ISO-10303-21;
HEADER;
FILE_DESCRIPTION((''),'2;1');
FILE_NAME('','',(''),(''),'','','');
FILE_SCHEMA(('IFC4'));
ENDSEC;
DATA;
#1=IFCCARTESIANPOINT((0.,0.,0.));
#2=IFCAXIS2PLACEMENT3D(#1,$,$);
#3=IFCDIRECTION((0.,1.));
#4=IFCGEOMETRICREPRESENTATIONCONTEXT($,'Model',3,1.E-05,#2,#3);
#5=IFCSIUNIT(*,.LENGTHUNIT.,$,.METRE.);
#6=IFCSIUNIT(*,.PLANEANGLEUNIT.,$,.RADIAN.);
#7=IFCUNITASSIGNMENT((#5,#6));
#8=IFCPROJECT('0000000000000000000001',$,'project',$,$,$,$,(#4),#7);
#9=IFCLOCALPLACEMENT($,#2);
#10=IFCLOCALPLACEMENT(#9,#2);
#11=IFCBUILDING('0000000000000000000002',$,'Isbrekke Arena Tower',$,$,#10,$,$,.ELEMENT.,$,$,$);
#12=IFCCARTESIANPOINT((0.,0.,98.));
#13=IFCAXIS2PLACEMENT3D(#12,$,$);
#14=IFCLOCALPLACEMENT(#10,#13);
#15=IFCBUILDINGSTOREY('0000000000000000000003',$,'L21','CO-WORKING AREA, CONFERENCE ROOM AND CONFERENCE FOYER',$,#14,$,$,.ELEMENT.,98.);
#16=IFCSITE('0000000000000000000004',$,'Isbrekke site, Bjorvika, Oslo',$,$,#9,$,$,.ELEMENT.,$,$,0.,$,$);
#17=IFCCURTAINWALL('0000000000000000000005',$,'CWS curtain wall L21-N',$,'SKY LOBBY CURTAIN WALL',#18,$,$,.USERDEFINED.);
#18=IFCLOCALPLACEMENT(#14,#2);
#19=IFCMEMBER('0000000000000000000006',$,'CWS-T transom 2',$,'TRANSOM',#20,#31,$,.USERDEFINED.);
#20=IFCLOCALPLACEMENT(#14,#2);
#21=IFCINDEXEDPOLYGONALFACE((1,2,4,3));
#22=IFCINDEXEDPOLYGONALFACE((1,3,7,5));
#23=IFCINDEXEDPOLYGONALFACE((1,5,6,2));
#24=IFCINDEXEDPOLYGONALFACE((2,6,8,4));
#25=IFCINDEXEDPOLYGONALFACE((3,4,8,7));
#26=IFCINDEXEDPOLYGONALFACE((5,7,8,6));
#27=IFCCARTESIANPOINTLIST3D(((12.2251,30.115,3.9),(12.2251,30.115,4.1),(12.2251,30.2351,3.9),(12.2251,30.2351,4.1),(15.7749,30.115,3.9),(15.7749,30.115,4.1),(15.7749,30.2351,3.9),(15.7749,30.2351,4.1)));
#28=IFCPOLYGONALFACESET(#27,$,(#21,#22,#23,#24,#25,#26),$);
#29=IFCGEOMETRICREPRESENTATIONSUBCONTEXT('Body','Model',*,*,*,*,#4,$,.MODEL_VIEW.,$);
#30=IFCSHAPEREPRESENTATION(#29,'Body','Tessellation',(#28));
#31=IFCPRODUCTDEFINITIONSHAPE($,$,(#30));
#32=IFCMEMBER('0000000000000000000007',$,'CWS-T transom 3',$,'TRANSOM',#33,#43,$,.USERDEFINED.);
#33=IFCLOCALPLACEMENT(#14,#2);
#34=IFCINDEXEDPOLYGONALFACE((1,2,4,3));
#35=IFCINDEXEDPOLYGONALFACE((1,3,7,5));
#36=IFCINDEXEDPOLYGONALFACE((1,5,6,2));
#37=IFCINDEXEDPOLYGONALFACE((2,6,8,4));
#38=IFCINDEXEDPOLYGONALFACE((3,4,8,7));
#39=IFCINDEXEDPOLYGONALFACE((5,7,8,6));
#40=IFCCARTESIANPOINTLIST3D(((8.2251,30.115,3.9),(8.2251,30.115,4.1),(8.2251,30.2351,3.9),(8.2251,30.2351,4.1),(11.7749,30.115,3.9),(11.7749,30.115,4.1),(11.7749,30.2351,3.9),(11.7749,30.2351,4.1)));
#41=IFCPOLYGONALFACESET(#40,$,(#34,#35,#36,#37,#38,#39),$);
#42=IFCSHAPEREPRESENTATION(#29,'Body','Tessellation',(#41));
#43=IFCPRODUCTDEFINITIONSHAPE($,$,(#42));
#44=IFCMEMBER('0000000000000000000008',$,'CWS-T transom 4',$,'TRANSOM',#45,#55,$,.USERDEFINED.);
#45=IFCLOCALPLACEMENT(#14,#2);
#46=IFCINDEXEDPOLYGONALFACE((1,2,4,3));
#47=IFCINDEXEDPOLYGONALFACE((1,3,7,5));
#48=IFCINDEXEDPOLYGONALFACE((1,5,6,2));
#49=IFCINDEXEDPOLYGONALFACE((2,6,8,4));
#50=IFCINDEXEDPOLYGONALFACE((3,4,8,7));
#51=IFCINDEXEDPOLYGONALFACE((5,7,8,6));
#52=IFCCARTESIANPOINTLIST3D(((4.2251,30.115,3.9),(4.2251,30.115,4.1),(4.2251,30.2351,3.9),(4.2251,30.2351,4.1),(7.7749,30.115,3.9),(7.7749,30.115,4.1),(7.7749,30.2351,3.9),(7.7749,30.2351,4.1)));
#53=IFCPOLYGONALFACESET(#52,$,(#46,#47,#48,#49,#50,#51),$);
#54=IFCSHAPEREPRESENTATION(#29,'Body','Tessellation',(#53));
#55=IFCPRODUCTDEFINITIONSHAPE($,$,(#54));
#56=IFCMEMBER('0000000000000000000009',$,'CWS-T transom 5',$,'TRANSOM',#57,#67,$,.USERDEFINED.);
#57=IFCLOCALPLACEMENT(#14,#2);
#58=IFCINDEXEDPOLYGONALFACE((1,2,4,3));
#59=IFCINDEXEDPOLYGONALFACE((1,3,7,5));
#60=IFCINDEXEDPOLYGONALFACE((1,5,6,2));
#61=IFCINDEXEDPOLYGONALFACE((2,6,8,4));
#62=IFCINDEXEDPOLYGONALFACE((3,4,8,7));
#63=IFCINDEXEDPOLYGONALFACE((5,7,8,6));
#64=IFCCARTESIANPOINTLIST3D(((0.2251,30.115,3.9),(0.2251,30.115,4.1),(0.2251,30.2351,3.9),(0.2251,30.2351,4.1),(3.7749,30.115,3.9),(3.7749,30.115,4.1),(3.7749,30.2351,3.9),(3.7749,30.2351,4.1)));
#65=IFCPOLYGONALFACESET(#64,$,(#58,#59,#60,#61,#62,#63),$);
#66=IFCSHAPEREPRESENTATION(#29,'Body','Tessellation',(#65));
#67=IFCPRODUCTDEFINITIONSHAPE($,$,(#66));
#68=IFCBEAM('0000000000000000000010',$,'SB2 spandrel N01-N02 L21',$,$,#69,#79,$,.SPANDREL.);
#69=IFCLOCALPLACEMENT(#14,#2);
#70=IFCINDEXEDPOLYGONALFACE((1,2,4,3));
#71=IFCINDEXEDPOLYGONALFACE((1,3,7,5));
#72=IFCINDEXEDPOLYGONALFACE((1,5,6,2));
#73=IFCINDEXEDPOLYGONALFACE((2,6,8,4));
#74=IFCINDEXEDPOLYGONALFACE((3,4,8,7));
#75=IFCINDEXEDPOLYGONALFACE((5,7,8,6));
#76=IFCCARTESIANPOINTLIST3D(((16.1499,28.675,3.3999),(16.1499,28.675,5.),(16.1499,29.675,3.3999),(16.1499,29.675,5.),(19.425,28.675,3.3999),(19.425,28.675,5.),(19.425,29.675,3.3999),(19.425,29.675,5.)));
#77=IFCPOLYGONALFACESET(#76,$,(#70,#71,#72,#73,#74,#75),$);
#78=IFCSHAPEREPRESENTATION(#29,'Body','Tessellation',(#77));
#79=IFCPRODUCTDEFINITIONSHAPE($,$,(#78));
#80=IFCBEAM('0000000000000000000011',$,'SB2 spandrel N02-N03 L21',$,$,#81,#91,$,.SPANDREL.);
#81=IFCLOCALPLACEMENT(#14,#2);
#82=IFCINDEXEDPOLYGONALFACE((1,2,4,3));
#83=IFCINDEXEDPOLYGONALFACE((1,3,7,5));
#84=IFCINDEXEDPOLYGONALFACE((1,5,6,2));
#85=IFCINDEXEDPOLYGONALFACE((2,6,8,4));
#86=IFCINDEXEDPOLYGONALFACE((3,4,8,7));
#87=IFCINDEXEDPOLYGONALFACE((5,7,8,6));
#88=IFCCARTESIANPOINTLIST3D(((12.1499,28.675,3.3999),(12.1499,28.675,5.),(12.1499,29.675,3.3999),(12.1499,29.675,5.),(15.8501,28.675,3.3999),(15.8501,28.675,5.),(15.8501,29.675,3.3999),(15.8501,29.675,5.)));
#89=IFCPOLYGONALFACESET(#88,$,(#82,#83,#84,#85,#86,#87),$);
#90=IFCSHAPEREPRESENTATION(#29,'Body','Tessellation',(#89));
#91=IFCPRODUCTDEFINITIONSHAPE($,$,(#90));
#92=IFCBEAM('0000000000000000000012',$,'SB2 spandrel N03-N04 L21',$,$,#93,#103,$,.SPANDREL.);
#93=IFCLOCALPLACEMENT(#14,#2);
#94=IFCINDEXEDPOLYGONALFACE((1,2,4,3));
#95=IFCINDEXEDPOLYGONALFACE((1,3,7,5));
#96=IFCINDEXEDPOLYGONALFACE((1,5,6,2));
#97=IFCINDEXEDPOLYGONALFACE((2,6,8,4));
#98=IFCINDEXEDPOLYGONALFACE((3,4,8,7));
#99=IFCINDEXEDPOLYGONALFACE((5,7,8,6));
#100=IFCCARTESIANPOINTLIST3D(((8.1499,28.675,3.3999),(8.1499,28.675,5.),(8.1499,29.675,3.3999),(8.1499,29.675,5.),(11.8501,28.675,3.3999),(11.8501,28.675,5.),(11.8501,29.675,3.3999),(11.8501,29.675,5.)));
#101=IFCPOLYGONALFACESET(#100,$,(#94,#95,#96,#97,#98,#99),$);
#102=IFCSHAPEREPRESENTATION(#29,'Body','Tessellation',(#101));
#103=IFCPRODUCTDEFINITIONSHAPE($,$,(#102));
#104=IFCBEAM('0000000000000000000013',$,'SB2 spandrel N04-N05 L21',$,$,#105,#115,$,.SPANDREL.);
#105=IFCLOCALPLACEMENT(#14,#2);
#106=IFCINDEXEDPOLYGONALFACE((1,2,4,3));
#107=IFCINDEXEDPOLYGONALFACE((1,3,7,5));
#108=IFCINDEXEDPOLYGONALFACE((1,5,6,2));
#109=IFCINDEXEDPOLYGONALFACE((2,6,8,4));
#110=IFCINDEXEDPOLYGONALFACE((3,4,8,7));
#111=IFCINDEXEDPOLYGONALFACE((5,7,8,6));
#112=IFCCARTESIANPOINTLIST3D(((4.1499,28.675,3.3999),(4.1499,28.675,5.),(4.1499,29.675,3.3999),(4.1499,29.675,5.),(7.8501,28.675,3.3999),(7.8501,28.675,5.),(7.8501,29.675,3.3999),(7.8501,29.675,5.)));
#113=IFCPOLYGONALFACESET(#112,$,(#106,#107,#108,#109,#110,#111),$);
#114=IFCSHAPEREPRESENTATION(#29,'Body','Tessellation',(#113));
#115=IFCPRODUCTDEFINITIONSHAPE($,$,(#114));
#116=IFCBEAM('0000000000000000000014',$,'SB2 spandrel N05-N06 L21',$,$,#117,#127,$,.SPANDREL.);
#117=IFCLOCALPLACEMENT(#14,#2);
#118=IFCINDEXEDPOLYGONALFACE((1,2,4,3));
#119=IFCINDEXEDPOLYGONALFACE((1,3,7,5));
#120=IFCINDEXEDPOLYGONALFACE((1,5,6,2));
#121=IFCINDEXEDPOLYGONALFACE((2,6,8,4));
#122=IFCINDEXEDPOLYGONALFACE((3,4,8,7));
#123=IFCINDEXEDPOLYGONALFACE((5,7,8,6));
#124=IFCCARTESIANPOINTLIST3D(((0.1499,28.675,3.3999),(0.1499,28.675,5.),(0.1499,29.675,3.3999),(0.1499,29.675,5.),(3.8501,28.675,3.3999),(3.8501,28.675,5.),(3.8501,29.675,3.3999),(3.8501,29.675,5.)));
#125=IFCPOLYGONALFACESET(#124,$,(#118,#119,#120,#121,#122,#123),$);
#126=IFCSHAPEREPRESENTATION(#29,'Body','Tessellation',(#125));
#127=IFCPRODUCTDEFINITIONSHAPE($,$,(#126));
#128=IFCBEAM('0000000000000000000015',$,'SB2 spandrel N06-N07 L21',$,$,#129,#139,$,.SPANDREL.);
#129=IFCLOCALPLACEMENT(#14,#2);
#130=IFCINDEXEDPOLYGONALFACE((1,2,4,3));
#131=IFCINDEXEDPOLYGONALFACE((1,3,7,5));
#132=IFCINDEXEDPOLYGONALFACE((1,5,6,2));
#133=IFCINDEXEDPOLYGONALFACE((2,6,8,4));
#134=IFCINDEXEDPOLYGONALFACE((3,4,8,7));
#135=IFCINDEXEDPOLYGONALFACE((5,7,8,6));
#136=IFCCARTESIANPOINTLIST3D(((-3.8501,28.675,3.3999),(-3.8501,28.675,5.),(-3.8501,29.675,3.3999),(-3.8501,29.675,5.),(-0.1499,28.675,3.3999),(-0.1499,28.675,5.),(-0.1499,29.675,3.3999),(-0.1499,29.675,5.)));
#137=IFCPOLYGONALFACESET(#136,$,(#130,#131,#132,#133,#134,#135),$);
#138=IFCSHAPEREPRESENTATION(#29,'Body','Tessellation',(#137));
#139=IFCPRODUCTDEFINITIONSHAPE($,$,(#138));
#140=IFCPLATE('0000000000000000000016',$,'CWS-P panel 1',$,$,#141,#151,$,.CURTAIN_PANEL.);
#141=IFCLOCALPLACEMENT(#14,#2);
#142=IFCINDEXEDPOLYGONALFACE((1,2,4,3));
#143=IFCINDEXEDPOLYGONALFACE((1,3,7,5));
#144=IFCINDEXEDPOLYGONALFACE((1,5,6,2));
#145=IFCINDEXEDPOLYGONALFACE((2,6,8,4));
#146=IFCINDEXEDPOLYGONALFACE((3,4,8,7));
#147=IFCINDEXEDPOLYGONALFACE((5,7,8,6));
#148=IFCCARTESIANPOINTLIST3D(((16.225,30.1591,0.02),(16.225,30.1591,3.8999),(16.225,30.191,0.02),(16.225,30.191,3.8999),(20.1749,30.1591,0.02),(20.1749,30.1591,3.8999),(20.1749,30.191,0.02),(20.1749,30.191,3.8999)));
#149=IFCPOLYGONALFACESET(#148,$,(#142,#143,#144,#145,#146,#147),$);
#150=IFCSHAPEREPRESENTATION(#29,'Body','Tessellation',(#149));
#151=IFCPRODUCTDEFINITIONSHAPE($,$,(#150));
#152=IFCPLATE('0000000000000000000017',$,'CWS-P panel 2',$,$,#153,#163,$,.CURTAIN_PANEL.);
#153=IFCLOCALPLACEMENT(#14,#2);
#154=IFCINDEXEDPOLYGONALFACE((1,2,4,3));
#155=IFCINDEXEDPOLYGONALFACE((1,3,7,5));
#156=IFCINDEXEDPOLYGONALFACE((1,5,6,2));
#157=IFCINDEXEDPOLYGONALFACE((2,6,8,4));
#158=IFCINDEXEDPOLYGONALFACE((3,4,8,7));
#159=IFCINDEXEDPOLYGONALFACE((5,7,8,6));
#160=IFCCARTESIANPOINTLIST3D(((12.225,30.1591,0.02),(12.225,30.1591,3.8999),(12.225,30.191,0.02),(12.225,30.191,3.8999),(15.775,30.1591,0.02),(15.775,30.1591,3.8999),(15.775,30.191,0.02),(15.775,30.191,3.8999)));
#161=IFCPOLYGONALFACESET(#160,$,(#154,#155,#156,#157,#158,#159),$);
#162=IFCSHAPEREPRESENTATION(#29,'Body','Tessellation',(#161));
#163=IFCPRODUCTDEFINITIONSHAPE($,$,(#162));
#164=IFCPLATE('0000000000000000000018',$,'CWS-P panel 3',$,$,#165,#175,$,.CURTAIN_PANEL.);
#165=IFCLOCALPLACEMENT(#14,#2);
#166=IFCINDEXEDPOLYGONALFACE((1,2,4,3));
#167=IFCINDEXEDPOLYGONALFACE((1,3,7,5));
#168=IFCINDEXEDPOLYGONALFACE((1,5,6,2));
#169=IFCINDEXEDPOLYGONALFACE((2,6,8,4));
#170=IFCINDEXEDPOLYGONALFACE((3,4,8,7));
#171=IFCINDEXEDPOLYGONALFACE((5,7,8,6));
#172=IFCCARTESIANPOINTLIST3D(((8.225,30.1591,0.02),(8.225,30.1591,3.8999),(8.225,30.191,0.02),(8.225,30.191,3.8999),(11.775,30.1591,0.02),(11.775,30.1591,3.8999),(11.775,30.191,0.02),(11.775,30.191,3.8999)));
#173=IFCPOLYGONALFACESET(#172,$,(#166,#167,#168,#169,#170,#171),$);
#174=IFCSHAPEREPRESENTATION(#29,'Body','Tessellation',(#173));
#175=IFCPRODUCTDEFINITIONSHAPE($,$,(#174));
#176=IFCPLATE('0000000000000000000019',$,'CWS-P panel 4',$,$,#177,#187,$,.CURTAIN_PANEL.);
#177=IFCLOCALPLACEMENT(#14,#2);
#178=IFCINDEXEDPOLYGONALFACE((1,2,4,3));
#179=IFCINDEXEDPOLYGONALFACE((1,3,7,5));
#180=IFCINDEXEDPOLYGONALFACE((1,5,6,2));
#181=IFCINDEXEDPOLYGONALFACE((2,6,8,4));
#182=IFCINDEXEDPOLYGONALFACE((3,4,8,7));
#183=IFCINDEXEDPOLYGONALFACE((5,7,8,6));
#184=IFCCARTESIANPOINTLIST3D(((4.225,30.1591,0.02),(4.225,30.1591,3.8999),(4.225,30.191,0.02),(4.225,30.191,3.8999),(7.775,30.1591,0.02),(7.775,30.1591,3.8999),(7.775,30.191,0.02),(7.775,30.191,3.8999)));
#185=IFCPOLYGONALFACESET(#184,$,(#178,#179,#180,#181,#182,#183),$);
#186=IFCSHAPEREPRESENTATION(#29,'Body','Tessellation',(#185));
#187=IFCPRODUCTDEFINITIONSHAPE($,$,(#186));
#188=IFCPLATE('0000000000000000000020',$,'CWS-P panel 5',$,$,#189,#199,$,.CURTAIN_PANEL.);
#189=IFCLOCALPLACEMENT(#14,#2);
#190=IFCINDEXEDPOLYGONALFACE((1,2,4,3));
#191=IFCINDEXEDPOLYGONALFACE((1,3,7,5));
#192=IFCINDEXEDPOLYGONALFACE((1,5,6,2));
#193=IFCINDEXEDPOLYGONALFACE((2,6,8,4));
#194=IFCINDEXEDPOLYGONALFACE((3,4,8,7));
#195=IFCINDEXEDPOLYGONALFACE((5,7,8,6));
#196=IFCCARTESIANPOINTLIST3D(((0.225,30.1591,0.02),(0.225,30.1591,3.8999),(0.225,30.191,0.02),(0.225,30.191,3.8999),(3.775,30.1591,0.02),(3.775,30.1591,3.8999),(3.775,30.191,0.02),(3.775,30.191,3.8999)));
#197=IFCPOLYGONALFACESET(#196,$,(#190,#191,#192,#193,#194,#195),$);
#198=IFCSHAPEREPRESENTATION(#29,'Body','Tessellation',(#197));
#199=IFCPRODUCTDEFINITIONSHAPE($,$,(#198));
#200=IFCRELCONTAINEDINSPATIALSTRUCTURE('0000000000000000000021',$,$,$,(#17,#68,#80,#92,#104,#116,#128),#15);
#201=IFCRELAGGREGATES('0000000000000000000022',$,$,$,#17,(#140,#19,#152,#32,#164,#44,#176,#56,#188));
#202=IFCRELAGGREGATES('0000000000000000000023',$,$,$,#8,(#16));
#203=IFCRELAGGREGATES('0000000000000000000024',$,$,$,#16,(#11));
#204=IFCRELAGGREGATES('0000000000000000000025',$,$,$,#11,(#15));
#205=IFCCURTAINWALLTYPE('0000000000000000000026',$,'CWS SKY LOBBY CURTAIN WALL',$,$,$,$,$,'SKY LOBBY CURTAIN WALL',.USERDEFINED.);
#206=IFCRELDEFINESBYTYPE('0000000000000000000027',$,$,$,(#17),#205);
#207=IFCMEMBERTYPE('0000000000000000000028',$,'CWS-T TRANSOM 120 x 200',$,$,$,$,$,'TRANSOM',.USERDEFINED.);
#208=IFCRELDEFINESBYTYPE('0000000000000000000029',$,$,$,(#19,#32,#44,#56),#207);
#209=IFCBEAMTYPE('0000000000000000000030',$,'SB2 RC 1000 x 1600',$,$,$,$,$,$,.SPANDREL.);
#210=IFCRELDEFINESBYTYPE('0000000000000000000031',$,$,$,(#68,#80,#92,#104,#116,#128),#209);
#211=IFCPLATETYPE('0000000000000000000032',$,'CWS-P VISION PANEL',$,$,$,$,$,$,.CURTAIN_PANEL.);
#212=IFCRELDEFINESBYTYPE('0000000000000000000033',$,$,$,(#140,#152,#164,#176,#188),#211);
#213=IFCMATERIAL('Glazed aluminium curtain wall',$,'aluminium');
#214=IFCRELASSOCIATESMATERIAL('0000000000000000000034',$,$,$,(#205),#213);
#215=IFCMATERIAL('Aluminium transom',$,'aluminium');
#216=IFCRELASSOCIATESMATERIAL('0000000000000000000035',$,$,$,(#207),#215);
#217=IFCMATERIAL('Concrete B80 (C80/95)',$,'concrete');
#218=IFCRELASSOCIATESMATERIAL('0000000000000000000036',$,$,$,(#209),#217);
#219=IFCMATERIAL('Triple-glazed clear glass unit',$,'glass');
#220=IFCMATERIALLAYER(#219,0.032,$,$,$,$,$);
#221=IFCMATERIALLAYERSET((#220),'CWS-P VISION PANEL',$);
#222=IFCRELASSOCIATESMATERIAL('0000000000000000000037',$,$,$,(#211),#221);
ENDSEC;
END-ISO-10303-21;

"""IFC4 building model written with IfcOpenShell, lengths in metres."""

from ifc_helpers import new_model, si_unit, direction, frame, origin, origin_2d, place, context, subcontext, project, spatial, rectangle, extrude, material, layer, layer_set, material_profile, profile_set, type_object, element, aggregate, save


model = new_model("IFC4")

# Units and contexts
model_context = context("Model", 3, precision=1e-05, world=origin(), true_north=direction((0.0, 1.0)))
body_context = subcontext(model_context, "Body", "Model", "MODEL_VIEW")
ifc_project = project(units=[si_unit("LENGTHUNIT", "METRE"), si_unit("PLANEANGLEUNIT", "RADIAN")], contexts=[model_context])

# Site, building, storey
site_placement = place(None, origin())
site = spatial("IfcSite", under=ifc_project, at=site_placement, Name="Isbrekke site, Bjorvika, Oslo", CompositionType="ELEMENT", RefElevation=0.0)
building_placement = place(site_placement, origin())
building = spatial("IfcBuilding", under=site, at=building_placement, Name="Isbrekke Arena Tower", CompositionType="ELEMENT")
storey_placement = place(building_placement, frame((0.0, 0.0, 98.0)))
storey = spatial("IfcBuildingStorey", under=building, at=storey_placement, Name="L21", Description="CO-WORKING AREA, CONFERENCE ROOM AND CONFERENCE FOYER", CompositionType="ELEMENT", Elevation=98.0)

# Curtain wall, members
ifc_material_1 = material(Name="Glazed aluminium curtain wall", Category="aluminium")
curtain_wall_type = type_object("IfcCurtainWallType", Name="CWS SKY LOBBY CURTAIN WALL", ElementType="SKY LOBBY CURTAIN WALL", PredefinedType="USERDEFINED", material=ifc_material_1)
curtain_wall_placement = place(storey_placement, origin())
curtain_wall = element("IfcCurtainWall", 1, at=curtain_wall_placement, inside=storey, type_object=curtain_wall_type, Name="CWS curtain wall L21-N", ObjectType="SKY LOBBY CURTAIN WALL", PredefinedType="USERDEFINED")
ifc_material_2 = material(Name="Aluminium transom", Category="aluminium")
ifc_material_profile_1 = material_profile(ifc_material_2, rectangle(XDim=0.1201, YDim=0.2, at=origin_2d()), Name="TRANSOM 120X200")
ifc_profile_set_1 = profile_set([ifc_material_profile_1], Name="Aluminium transom")
member_type_1 = type_object("IfcMemberType", Name="CWS-T TRANSOM 120 x 200", ElementType="TRANSOM", PredefinedType="USERDEFINED", material=ifc_profile_set_1)
member_1_placement = place(storey_placement, frame((15.7749, 30.175, 4.0), z_axis=(-1.0, 0.0, 0.0), x_axis=(0.0, -1.0, 0.0)))
member_1 = element("IfcMember", 2, at=member_1_placement, type_object=member_type_1, Name="CWS-T transom 2", ObjectType="TRANSOM", PredefinedType="USERDEFINED", context=body_context, shape_type="SweptSolid", body=[
    extrude(rectangle(XDim=0.1201, YDim=0.2, at=origin_2d()), origin(), (0.0, 0.0, 1.0), 3.5498),
])
member_2_placement = place(storey_placement, frame((11.7749, 30.175, 4.0), z_axis=(-1.0, 0.0, 0.0), x_axis=(0.0, -1.0, 0.0)))
member_2 = element("IfcMember", 3, at=member_2_placement, type_object=member_type_1, Name="CWS-T transom 3", ObjectType="TRANSOM", PredefinedType="USERDEFINED", context=body_context, shape_type="SweptSolid", body=[
    extrude(rectangle(XDim=0.1201, YDim=0.2, at=origin_2d()), origin(), (0.0, 0.0, 1.0), 3.5498),
])
member_3_placement = place(storey_placement, frame((7.7749, 30.175, 4.0), z_axis=(-1.0, 0.0, 0.0), x_axis=(0.0, -1.0, 0.0)))
member_3 = element("IfcMember", 4, at=member_3_placement, type_object=member_type_1, Name="CWS-T transom 4", ObjectType="TRANSOM", PredefinedType="USERDEFINED", context=body_context, shape_type="SweptSolid", body=[
    extrude(rectangle(XDim=0.1201, YDim=0.2, at=origin_2d()), origin(), (0.0, 0.0, 1.0), 3.5498),
])
member_4_placement = place(storey_placement, frame((3.7749, 30.175, 4.0), z_axis=(-1.0, 0.0, 0.0), x_axis=(0.0, -1.0, 0.0)))
member_4 = element("IfcMember", 5, at=member_4_placement, type_object=member_type_1, Name="CWS-T transom 5", ObjectType="TRANSOM", PredefinedType="USERDEFINED", context=body_context, shape_type="SweptSolid", body=[
    extrude(rectangle(XDim=0.1201, YDim=0.2, at=origin_2d()), origin(), (0.0, 0.0, 1.0), 3.5498),
])

# Beams
ifc_material_3 = material(Name="Concrete B80 (C80/95)", Category="concrete")
ifc_material_profile_2 = material_profile(ifc_material_3, rectangle(XDim=1.0, YDim=1.6001, at=origin_2d()), Name="RC 1000x1600")
ifc_profile_set_2 = profile_set([ifc_material_profile_2], Name="Concrete B80 (C80/95)")
beam_type_1 = type_object("IfcBeamType", Name="SB2 RC 1000 x 1600", PredefinedType="SPANDREL", material=ifc_profile_set_2)
beam_1_placement = place(storey_placement, frame((19.425, 29.175, 4.2), z_axis=(-1.0, 0.0, 0.0), x_axis=(0.0, -1.0, 0.0)))
element("IfcBeam", 6, at=beam_1_placement, inside=storey, type_object=beam_type_1, Name="SB2 spandrel N01-N02 L21", PredefinedType="SPANDREL", context=body_context, shape_type="SweptSolid", body=[
    extrude(rectangle(XDim=1.0, YDim=1.6001, at=origin_2d()), origin(), (0.0, 0.0, 1.0), 3.2751),
])
for number, where, z_axis, x_axis, name in (
    (7, (15.8501, 29.175, 4.2), (-1.0, 0.0, 0.0), (0.0, -1.0, 0.0), "SB2 spandrel N02-N03 L21"),
    (8, (11.8501, 29.175, 4.2), (-1.0, 0.0, 0.0), (0.0, -1.0, 0.0), "SB2 spandrel N03-N04 L21"),
    (9, (7.8501, 29.175, 4.2), (-1.0, 0.0, 0.0), (0.0, -1.0, 0.0), "SB2 spandrel N04-N05 L21"),
    (10, (3.8501, 29.175, 4.2), (-1.0, 0.0, 0.0), (0.0, -1.0, 0.0), "SB2 spandrel N05-N06 L21"),
    (11, (-0.1499, 29.175, 4.2), (-1.0, 0.0, 0.0), (0.0, -1.0, 0.0), "SB2 spandrel N06-N07 L21"),
):
    element("IfcBeam", number, at=place(storey_placement, frame(where, z_axis=z_axis, x_axis=x_axis)), inside=storey, type_object=beam_type_1, Name=name, PredefinedType="SPANDREL", context=body_context, shape_type="SweptSolid", body=[
        extrude(rectangle(XDim=1.0, YDim=1.6001, at=origin_2d()), origin(), (0.0, 0.0, 1.0), 3.7002),
    ])

# Plates
ifc_material_4 = material(Name="Triple-glazed clear glass unit", Category="glass")
ifc_layer = layer(ifc_material_4, 0.032)
ifc_layer_set = layer_set([ifc_layer], Name="CWS-P VISION PANEL")
plate_type = type_object("IfcPlateType", Name="CWS-P VISION PANEL", PredefinedType="CURTAIN_PANEL", material=ifc_layer_set)
plate_1_placement = place(storey_placement, frame((18.2, 30.175, 0.02), z_axis=(0.0, 0.0, 1.0), x_axis=(-1.0, 0.0, 0.0)))
plate_1 = element("IfcPlate", 12, at=plate_1_placement, type_object=plate_type, Name="CWS-P panel 1", PredefinedType="CURTAIN_PANEL", context=body_context, shape_type="SweptSolid", body=[
    extrude(rectangle(XDim=3.95, YDim=0.032, at=origin_2d()), origin(), (0.0, 0.0, 1.0), 3.8799),
])
plate_2_placement = place(storey_placement, frame((14.0, 30.175, 0.02), z_axis=(0.0, 0.0, 1.0), x_axis=(-1.0, 0.0, 0.0)))
plate_2 = element("IfcPlate", 13, at=plate_2_placement, type_object=plate_type, Name="CWS-P panel 2", PredefinedType="CURTAIN_PANEL", context=body_context, shape_type="SweptSolid", body=[
    extrude(rectangle(XDim=3.55, YDim=0.032, at=origin_2d()), origin(), (0.0, 0.0, 1.0), 3.8799),
])
plate_3_placement = place(storey_placement, frame((10.0, 30.175, 0.02), z_axis=(0.0, 0.0, 1.0), x_axis=(-1.0, 0.0, 0.0)))
plate_3 = element("IfcPlate", 14, at=plate_3_placement, type_object=plate_type, Name="CWS-P panel 3", PredefinedType="CURTAIN_PANEL", context=body_context, shape_type="SweptSolid", body=[
    extrude(rectangle(XDim=3.55, YDim=0.032, at=origin_2d()), origin(), (0.0, 0.0, 1.0), 3.8799),
])
plate_4_placement = place(storey_placement, frame((6.0, 30.175, 0.02), z_axis=(0.0, 0.0, 1.0), x_axis=(-1.0, 0.0, 0.0)))
plate_4 = element("IfcPlate", 15, at=plate_4_placement, type_object=plate_type, Name="CWS-P panel 4", PredefinedType="CURTAIN_PANEL", context=body_context, shape_type="SweptSolid", body=[
    extrude(rectangle(XDim=3.55, YDim=0.032, at=origin_2d()), origin(), (0.0, 0.0, 1.0), 3.8799),
])
plate_5_placement = place(storey_placement, frame((2.0, 30.175, 0.02), z_axis=(0.0, 0.0, 1.0), x_axis=(-1.0, 0.0, 0.0)))
plate_5 = element("IfcPlate", 16, at=plate_5_placement, type_object=plate_type, Name="CWS-P panel 5", PredefinedType="CURTAIN_PANEL", context=body_context, shape_type="SweptSolid", body=[
    extrude(rectangle(XDim=3.55, YDim=0.032, at=origin_2d()), origin(), (0.0, 0.0, 1.0), 3.8799),
])
aggregate(curtain_wall, [plate_1, member_1, plate_2, member_2, plate_3, member_3, plate_4, member_4, plate_5])

save(model, "model.ifc")
